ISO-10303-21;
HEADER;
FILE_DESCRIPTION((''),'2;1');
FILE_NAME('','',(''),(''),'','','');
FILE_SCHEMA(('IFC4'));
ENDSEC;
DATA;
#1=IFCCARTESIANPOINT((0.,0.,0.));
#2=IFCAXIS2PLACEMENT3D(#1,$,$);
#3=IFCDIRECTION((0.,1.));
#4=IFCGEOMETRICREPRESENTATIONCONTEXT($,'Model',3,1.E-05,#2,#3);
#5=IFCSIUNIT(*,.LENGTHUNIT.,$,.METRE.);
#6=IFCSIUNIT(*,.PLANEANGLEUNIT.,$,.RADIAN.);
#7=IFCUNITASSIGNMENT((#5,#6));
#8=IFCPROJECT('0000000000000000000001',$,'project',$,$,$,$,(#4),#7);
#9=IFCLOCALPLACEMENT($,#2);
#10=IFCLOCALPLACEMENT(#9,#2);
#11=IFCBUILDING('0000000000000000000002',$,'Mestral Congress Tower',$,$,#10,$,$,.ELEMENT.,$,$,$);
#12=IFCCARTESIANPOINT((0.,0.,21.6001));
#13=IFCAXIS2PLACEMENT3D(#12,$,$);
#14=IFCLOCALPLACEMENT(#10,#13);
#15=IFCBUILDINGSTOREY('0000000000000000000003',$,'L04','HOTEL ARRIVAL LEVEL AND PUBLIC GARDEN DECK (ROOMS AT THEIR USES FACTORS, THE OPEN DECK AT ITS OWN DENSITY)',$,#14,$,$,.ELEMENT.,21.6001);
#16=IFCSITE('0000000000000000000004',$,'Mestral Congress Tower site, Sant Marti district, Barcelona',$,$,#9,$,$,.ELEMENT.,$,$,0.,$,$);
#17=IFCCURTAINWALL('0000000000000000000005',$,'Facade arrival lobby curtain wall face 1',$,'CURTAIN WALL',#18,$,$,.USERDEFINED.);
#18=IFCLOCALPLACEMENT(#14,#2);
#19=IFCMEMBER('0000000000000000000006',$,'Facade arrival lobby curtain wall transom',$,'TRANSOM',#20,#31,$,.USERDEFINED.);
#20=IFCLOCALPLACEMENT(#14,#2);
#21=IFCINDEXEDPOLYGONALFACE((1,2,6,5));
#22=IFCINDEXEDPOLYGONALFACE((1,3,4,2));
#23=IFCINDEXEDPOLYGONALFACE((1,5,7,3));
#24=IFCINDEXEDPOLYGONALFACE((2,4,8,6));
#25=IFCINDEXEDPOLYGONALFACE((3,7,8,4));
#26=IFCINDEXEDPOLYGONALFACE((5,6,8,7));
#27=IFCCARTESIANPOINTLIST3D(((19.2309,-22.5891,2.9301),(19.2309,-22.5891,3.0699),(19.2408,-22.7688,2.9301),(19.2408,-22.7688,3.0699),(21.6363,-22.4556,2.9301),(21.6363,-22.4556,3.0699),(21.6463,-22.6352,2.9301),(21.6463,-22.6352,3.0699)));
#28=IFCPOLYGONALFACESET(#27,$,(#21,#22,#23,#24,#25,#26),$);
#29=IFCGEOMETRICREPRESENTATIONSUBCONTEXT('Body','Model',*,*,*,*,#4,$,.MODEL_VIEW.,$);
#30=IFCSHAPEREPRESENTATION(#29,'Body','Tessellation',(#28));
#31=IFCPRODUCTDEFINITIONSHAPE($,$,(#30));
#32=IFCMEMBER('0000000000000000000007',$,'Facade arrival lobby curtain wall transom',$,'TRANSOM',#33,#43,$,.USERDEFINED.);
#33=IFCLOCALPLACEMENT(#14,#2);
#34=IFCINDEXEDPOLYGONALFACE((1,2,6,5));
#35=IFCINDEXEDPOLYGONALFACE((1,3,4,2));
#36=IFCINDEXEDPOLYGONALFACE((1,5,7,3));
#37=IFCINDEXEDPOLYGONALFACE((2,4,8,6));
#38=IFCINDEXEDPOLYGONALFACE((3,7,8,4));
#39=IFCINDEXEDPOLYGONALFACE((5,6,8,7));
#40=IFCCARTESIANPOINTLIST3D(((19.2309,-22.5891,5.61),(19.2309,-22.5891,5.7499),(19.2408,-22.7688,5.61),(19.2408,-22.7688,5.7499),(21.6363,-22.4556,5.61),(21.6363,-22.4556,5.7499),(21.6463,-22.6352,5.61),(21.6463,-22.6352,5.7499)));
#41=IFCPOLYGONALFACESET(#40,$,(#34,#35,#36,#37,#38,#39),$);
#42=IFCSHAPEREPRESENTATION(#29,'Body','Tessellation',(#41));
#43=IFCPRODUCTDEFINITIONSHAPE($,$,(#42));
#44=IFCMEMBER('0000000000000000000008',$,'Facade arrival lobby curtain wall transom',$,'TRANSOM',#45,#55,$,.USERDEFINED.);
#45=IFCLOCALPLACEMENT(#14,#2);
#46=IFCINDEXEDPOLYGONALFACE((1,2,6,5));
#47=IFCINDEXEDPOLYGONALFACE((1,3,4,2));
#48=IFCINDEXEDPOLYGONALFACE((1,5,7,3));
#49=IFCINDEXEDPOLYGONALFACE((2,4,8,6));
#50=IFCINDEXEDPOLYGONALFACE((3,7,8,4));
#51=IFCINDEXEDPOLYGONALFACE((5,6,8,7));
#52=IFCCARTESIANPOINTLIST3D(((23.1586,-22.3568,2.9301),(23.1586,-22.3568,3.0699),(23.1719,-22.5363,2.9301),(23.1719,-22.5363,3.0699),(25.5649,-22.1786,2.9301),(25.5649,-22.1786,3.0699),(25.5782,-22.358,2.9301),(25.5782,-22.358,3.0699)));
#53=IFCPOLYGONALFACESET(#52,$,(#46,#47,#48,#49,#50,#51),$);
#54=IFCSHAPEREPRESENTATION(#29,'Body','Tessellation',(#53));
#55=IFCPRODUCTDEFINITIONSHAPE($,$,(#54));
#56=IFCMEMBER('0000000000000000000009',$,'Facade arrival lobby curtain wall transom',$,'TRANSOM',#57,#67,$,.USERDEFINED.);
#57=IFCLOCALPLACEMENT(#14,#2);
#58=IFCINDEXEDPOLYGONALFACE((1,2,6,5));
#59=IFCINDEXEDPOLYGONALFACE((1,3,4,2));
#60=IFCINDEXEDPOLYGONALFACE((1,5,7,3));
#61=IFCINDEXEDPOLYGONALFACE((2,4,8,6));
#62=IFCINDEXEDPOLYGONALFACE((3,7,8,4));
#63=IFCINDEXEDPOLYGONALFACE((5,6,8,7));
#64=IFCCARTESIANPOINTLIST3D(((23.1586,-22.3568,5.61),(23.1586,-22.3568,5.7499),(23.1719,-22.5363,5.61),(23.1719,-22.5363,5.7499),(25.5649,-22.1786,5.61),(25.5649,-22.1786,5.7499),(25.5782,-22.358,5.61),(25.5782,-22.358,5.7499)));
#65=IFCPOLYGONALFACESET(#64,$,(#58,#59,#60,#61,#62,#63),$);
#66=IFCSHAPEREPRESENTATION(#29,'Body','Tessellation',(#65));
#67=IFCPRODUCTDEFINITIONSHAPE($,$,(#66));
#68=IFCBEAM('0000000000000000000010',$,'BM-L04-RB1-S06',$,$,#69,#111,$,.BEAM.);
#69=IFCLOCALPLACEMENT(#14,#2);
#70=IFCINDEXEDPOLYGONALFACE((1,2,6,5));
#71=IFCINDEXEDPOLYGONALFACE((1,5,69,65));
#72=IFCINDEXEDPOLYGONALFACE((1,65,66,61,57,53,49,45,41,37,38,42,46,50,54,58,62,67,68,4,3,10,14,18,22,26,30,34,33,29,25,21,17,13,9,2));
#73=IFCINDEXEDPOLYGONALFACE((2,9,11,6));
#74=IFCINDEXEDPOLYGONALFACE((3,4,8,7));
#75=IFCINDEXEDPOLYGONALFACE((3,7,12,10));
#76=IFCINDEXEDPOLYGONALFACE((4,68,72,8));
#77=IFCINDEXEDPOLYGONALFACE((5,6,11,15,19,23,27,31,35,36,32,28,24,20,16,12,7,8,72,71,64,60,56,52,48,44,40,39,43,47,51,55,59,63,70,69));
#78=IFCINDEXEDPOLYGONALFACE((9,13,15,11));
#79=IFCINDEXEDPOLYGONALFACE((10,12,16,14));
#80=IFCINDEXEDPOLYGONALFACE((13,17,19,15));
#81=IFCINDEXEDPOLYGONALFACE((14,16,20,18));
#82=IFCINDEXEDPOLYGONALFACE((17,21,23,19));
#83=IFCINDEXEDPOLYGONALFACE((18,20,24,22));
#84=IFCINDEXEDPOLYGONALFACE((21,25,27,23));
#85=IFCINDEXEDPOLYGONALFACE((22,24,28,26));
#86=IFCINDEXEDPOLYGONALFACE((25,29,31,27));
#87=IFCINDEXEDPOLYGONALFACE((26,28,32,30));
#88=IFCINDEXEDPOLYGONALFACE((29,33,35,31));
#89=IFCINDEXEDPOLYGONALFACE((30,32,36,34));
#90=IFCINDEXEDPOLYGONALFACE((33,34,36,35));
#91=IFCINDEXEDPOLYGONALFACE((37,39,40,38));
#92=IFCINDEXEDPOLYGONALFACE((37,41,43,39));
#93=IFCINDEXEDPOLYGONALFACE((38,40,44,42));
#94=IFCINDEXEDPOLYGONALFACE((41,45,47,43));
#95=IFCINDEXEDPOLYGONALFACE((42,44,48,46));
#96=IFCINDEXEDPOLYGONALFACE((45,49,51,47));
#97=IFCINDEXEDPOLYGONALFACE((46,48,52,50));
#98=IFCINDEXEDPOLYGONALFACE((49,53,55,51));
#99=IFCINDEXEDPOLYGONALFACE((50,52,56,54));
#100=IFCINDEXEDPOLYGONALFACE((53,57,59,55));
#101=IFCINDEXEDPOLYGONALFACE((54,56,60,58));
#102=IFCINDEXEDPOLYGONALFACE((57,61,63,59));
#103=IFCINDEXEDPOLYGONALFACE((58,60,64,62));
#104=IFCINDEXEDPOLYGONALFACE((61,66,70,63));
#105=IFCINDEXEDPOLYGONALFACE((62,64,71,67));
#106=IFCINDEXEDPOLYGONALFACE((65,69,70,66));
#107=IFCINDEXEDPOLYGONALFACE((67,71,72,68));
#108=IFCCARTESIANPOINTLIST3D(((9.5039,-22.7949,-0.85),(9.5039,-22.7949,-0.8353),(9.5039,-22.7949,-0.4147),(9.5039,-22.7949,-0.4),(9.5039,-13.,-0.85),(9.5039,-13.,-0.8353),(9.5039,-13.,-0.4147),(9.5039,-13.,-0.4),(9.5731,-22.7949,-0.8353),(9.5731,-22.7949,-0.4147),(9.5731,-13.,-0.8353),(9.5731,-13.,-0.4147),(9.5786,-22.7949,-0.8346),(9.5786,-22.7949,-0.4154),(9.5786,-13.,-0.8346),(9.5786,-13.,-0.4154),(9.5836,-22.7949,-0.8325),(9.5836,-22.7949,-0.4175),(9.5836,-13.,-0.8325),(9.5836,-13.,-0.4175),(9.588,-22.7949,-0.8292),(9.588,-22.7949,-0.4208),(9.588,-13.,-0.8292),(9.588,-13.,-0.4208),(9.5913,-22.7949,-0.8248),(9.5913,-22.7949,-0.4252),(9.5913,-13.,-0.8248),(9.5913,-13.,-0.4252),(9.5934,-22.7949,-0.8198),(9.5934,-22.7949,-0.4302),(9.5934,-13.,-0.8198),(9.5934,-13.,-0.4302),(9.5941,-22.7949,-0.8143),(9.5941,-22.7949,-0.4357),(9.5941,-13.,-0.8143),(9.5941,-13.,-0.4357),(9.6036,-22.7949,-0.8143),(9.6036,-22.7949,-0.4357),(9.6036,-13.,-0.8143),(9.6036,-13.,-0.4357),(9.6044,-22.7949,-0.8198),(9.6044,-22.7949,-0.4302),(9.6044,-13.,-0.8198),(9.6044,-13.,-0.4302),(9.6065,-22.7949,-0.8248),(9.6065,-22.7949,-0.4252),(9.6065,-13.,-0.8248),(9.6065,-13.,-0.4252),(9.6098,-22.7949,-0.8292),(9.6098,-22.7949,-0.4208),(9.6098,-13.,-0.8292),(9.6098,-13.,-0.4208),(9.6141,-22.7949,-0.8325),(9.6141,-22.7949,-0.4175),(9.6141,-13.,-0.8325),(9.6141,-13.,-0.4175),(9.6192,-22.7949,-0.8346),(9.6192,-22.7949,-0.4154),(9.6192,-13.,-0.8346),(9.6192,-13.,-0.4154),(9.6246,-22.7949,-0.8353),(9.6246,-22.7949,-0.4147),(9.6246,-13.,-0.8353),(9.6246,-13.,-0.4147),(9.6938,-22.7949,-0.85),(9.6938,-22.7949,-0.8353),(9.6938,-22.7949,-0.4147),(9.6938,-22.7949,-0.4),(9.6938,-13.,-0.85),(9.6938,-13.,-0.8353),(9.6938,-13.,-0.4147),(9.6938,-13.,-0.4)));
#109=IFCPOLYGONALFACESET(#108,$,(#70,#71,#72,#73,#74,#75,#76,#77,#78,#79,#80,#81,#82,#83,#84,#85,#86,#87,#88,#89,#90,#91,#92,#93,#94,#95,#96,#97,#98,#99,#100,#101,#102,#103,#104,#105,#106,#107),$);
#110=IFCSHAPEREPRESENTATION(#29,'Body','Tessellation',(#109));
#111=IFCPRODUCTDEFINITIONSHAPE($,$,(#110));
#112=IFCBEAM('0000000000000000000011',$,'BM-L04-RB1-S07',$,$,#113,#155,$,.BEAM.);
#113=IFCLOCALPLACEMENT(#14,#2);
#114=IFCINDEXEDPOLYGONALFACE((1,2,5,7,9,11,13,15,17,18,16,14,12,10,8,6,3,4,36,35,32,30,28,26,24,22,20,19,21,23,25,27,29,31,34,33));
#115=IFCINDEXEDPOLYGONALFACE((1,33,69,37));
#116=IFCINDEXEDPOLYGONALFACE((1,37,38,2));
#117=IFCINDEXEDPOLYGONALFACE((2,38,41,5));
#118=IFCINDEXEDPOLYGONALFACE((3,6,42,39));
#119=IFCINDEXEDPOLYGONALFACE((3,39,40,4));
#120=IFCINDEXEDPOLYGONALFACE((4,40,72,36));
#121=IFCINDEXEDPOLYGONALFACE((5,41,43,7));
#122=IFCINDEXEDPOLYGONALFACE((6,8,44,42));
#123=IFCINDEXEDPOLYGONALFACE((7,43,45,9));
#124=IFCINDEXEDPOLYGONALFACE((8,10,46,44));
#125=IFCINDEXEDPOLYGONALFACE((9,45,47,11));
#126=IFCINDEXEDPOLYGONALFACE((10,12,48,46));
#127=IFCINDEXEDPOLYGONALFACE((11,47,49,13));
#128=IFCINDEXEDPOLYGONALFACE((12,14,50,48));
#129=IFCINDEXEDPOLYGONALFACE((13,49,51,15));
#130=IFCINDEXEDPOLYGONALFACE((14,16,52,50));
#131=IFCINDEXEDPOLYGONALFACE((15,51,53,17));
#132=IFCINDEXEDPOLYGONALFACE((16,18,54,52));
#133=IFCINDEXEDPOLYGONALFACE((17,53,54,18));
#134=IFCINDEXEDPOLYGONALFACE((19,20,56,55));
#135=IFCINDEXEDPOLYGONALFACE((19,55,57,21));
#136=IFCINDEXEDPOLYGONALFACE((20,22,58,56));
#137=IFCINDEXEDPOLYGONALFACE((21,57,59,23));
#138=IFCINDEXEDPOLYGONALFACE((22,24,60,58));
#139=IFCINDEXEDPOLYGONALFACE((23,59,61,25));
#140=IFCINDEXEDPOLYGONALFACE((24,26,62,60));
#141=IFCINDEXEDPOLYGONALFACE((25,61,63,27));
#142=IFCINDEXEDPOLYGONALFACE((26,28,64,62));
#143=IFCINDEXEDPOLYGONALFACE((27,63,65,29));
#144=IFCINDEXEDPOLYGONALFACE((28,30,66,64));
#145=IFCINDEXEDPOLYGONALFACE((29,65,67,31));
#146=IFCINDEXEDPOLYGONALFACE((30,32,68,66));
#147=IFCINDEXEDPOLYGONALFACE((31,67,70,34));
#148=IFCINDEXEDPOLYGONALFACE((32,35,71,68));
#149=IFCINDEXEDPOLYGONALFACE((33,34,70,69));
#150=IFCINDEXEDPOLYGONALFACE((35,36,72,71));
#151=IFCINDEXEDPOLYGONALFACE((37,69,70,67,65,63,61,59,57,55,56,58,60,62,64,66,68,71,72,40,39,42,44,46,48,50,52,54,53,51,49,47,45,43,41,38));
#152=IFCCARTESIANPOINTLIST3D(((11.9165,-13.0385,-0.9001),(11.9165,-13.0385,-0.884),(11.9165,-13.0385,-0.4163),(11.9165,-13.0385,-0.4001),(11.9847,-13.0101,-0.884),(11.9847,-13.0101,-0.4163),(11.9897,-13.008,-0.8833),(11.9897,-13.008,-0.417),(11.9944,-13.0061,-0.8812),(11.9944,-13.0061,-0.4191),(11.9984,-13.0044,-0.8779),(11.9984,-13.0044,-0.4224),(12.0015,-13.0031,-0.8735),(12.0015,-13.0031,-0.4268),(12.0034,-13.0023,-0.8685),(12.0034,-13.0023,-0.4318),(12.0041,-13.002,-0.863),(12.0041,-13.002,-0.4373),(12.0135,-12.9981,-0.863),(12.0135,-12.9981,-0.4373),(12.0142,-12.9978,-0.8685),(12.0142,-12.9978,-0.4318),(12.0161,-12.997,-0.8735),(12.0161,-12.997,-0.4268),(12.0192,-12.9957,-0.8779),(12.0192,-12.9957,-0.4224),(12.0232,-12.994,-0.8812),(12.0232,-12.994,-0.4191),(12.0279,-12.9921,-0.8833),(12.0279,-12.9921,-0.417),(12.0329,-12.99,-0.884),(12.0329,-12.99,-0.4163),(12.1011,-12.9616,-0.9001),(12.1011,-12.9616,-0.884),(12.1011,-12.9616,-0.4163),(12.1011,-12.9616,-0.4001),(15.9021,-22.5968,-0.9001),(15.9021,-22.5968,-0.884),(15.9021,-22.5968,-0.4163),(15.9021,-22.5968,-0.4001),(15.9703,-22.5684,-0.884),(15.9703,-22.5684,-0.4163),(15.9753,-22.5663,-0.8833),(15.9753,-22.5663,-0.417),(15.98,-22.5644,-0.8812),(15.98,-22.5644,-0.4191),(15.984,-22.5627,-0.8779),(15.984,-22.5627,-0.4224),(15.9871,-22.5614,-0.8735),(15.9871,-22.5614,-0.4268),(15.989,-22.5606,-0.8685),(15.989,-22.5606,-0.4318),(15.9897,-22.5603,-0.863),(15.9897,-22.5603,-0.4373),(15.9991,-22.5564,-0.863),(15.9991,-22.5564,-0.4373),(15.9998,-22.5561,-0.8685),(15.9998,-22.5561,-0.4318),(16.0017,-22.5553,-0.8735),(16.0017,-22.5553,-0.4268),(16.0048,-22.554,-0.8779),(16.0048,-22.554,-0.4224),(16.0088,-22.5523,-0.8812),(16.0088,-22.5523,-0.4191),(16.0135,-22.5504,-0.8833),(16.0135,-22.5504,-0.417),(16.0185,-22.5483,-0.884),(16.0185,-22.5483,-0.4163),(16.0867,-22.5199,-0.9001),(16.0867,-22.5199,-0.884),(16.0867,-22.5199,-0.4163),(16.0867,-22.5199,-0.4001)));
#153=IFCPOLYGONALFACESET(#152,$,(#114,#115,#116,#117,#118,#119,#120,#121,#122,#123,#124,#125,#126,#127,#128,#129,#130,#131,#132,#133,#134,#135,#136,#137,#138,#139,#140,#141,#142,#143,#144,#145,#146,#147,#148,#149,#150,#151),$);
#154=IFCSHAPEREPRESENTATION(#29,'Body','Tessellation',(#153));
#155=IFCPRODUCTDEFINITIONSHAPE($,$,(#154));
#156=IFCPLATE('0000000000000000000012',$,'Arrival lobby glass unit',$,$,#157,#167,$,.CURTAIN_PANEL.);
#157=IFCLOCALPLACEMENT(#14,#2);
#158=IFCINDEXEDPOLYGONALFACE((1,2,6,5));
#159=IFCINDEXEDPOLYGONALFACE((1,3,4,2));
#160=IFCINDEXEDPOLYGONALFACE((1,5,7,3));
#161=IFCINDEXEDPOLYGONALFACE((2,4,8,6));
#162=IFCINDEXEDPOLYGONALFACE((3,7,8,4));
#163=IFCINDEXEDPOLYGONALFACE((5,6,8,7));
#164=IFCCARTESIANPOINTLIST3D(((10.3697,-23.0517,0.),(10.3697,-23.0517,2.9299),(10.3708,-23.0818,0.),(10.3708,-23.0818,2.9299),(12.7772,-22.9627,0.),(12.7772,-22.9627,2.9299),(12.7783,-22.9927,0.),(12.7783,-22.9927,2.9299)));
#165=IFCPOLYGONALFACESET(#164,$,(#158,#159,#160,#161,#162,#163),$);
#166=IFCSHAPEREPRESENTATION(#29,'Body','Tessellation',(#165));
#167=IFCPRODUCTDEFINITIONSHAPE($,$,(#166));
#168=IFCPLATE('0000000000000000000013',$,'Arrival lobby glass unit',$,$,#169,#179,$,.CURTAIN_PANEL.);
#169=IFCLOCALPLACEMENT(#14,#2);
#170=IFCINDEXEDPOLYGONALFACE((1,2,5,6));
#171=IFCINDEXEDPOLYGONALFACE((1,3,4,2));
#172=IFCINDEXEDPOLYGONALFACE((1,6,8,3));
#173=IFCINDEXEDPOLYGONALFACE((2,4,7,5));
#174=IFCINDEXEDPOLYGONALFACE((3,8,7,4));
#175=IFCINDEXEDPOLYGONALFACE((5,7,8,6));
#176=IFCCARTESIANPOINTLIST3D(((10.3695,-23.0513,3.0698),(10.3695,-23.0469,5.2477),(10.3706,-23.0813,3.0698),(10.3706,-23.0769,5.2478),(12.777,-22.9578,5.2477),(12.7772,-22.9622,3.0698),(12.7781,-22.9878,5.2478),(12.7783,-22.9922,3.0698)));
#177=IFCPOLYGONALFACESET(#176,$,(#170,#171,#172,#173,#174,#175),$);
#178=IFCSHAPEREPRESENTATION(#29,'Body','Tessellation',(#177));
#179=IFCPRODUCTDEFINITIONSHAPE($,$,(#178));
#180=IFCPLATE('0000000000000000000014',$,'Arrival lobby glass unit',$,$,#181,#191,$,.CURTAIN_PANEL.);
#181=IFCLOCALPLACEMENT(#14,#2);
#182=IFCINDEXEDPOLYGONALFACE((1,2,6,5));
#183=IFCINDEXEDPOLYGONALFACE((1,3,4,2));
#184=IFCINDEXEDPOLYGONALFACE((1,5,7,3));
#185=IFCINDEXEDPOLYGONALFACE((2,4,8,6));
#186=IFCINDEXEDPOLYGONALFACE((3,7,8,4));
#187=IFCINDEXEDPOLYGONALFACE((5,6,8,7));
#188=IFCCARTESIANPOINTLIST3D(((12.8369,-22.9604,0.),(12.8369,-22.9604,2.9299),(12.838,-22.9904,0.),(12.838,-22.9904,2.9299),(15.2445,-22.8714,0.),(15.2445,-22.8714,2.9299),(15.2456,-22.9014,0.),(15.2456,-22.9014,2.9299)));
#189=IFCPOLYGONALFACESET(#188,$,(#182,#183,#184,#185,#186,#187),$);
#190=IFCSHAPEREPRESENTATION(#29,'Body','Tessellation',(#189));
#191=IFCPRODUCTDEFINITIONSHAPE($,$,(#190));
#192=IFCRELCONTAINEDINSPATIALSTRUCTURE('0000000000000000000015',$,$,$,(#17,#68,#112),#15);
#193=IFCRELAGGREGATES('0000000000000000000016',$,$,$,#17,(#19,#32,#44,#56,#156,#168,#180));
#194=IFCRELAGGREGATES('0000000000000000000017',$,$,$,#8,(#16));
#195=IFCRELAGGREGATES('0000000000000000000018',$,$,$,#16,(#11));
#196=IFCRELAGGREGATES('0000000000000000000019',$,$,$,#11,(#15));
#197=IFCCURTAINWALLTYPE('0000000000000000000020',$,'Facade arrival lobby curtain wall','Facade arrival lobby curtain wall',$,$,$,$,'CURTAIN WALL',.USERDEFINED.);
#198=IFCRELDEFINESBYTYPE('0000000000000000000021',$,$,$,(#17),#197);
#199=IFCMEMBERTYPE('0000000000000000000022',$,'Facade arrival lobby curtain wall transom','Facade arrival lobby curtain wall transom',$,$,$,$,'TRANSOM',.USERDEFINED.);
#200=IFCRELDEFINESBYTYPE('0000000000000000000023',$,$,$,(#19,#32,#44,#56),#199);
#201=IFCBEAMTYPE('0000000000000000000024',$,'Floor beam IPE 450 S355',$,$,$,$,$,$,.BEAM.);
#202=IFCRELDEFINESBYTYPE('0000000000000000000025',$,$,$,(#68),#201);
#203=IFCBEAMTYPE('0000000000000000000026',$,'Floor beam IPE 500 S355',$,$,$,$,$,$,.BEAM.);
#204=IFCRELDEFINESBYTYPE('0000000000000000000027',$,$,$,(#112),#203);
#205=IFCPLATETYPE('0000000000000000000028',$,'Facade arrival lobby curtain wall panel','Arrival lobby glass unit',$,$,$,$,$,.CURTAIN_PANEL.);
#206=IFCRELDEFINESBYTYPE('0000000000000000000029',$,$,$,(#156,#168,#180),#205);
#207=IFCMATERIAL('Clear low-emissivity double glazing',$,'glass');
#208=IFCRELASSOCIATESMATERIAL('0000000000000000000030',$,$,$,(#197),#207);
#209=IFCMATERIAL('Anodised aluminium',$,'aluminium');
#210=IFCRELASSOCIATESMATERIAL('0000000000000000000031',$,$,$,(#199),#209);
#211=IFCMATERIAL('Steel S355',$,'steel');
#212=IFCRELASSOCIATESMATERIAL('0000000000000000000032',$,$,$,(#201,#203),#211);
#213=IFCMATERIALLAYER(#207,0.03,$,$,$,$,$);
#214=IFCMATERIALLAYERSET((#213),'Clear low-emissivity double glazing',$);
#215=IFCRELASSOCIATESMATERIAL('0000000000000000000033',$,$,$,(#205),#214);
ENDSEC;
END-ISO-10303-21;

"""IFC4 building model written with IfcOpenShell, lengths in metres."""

from ifc_helpers import new_model, si_unit, direction, frame, origin, origin_2d, place, context, subcontext, project, spatial, polyline, rectangle, i_section, outline, extrude, material, layer, layer_set, material_profile, profile_set, type_object, element, aggregate, save


model = new_model("IFC4")

# Units and contexts
model_context = context("Model", 3, precision=1e-05, world=origin(), true_north=direction((0.0, 1.0)))
body_context = subcontext(model_context, "Body", "Model", "MODEL_VIEW")
ifc_project = project(units=[si_unit("LENGTHUNIT", "METRE"), si_unit("PLANEANGLEUNIT", "RADIAN")], contexts=[model_context])

# Site, building, storey
site_placement = place(None, origin())
site = spatial("IfcSite", under=ifc_project, at=site_placement, Name="Mestral Congress Tower site, Sant Marti district, Barcelona", CompositionType="ELEMENT", RefElevation=0.0)
building_placement = place(site_placement, origin())
building = spatial("IfcBuilding", under=site, at=building_placement, Name="Mestral Congress Tower", CompositionType="ELEMENT")
storey_placement = place(building_placement, frame((0.0, 0.0, 21.6001)))
storey = spatial("IfcBuildingStorey", under=building, at=storey_placement, Name="L04", Description="HOTEL ARRIVAL LEVEL AND PUBLIC GARDEN DECK (ROOMS AT THEIR USES FACTORS, THE OPEN DECK AT ITS OWN DENSITY)", CompositionType="ELEMENT", Elevation=21.6001)

# Curtain wall, members
ifc_material_1 = material(Name="Clear low-emissivity double glazing", Category="glass")
curtain_wall_type = type_object("IfcCurtainWallType", Name="Facade arrival lobby curtain wall", Description="Facade arrival lobby curtain wall", ElementType="CURTAIN WALL", PredefinedType="USERDEFINED", material=ifc_material_1)
curtain_wall_placement = place(storey_placement, origin())
curtain_wall = element("IfcCurtainWall", 1, at=curtain_wall_placement, inside=storey, type_object=curtain_wall_type, Name="Facade arrival lobby curtain wall face 1", ObjectType="CURTAIN WALL", PredefinedType="USERDEFINED")
ifc_material_2 = material(Name="Anodised aluminium", Category="aluminium")
ifc_material_profile_1 = material_profile(ifc_material_2, rectangle(XDim=0.1799, YDim=0.1399, at=origin_2d()), Name="CW4 transom 180 x 140")
ifc_profile_set_1 = profile_set([ifc_material_profile_1], Name="Anodised aluminium")
member_type_1 = type_object("IfcMemberType", Name="Facade arrival lobby curtain wall transom", Description="Facade arrival lobby curtain wall transom", ElementType="TRANSOM", PredefinedType="USERDEFINED", material=ifc_profile_set_1)
member_1_placement = place(storey_placement, frame((19.2358, -22.679, 3.0), z_axis=(0.998463, 0.055431, 0.0), x_axis=(-0.055431, 0.998463, 0.0)))
member_1 = element("IfcMember", 2, at=member_1_placement, type_object=member_type_1, Name="Facade arrival lobby curtain wall transom", ObjectType="TRANSOM", PredefinedType="USERDEFINED", context=body_context, shape_type="SweptSolid", body=[
    extrude(rectangle(XDim=0.1799, YDim=0.1399, at=origin_2d()), origin(), (0.0, 0.0, 1.0), 2.4092),
])
member_2_placement = place(storey_placement, frame((19.2358, -22.679, 5.6799), z_axis=(0.998463, 0.055431, 0.0), x_axis=(-0.055431, 0.998463, 0.0)))
member_2 = element("IfcMember", 3, at=member_2_placement, type_object=member_type_1, Name="Facade arrival lobby curtain wall transom", ObjectType="TRANSOM", PredefinedType="USERDEFINED", context=body_context, shape_type="SweptSolid", body=[
    extrude(rectangle(XDim=0.1799, YDim=0.1399, at=origin_2d()), origin(), (0.0, 0.0, 1.0), 2.4092),
])
member_3_placement = place(storey_placement, frame((23.1653, -22.4465, 3.0), z_axis=(0.997268, 0.073864, 0.0), x_axis=(-0.073864, 0.997268, 0.0)))
member_3 = element("IfcMember", 4, at=member_3_placement, type_object=member_type_1, Name="Facade arrival lobby curtain wall transom", ObjectType="TRANSOM", PredefinedType="USERDEFINED", context=body_context, shape_type="SweptSolid", body=[
    extrude(rectangle(XDim=0.1799, YDim=0.1399, at=origin_2d()), origin(), (0.0, 0.0, 1.0), 2.4128),
])
member_4_placement = place(storey_placement, frame((23.1653, -22.4465, 5.6799), z_axis=(0.997268, 0.073864, 0.0), x_axis=(-0.073864, 0.997268, 0.0)))
member_4 = element("IfcMember", 5, at=member_4_placement, type_object=member_type_1, Name="Facade arrival lobby curtain wall transom", ObjectType="TRANSOM", PredefinedType="USERDEFINED", context=body_context, shape_type="SweptSolid", body=[
    extrude(rectangle(XDim=0.1799, YDim=0.1399, at=origin_2d()), origin(), (0.0, 0.0, 1.0), 2.4128),
])

# Beams
ifc_material_3 = material(Name="Steel S355", Category="steel")
ifc_material_profile_2 = material_profile(ifc_material_3, i_section(OverallWidth=0.1899, OverallDepth=0.45, WebThickness=0.0095, FlangeThickness=0.0146, FilletRadius=0.021, at=origin_2d()), Name="IPE 450")
ifc_profile_set_2 = profile_set([ifc_material_profile_2], Name="Steel S355")
beam_type_1 = type_object("IfcBeamType", Name="Floor beam IPE 450 S355", PredefinedType="BEAM", material=ifc_profile_set_2)
beam_1_placement = place(storey_placement, frame((9.5989, -22.7949, -0.625), z_axis=(0.0, 1.0, 0.0), x_axis=(-1.0, 0.0, 0.0)))
element("IfcBeam", 6, at=beam_1_placement, inside=storey, type_object=beam_type_1, Name="BM-L04-RB1-S06", PredefinedType="BEAM", context=body_context, shape_type="SweptSolid", body=[
    extrude(i_section(OverallWidth=0.1899, OverallDepth=0.45, WebThickness=0.0095, FlangeThickness=0.0146, FilletRadius=0.021, at=origin_2d()), origin(), (0.0, 0.0, 1.0), 9.7949),
])
ifc_material_profile_3 = material_profile(ifc_material_3, i_section(OverallWidth=0.2, OverallDepth=0.5, WebThickness=0.0103, FlangeThickness=0.0161, FilletRadius=0.021, at=origin_2d()), Name="IPE 500")
ifc_profile_set_3 = profile_set([ifc_material_profile_3], Name="Steel S355")
beam_type_2 = type_object("IfcBeamType", Name="Floor beam IPE 500 S355", PredefinedType="BEAM", material=ifc_profile_set_3)
beam_2_placement = place(storey_placement, frame((15.9944, -22.5583, -0.6501), z_axis=(-0.384858, 0.922976, 0.0), x_axis=(-0.922976, -0.384858, 0.0)))
element("IfcBeam", 7, at=beam_2_placement, inside=storey, type_object=beam_type_2, Name="BM-L04-RB1-S07", PredefinedType="BEAM", context=body_context, shape_type="SweptSolid", body=[
    extrude(i_section(OverallWidth=0.2, OverallDepth=0.5, WebThickness=0.0103, FlangeThickness=0.0161, FilletRadius=0.021, at=origin_2d()), origin(), (0.0, 0.0, 1.0), 10.356),
])

# Plates
ifc_layer = layer(ifc_material_1, 0.03)
ifc_layer_set = layer_set([ifc_layer], Name="Clear low-emissivity double glazing")
plate_type = type_object("IfcPlateType", Name="Facade arrival lobby curtain wall panel", Description="Arrival lobby glass unit", PredefinedType="CURTAIN_PANEL", material=ifc_layer_set)
plate_1_placement = place(storey_placement, frame((11.574, -23.0222, 0.0), z_axis=(0.0, 0.0, 1.0), x_axis=(0.999316, 0.036968, 0.0)))
plate_1 = element("IfcPlate", 8, at=plate_1_placement, type_object=plate_type, Name="Arrival lobby glass unit", PredefinedType="CURTAIN_PANEL", context=body_context, shape_type="SweptSolid", body=[
    extrude(rectangle(XDim=2.4092, YDim=0.03, at=origin_2d()), origin(), (0.0, 0.0, 1.0), 2.9299),
])
plate_2_placement = place(storey_placement, frame((12.7783, -22.9922, 3.0698), z_axis=(0.036987, -0.999314, 0.002018), x_axis=(-0.999316, -0.036987, 0.0)))
plate_2 = element("IfcPlate", 9, at=plate_2_placement, type_object=plate_type, Name="Arrival lobby glass unit", PredefinedType="CURTAIN_PANEL", context=body_context, shape_type="SweptSolid", body=[
    extrude(outline(polyline([(0.0, 0.0), (2.4094, 0.0), (2.4092, -2.178), (0.0001, -2.178), (0.0, 0.0)])), origin(), (0.0, 0.0, -1.0), 0.03),
])
plate_3_placement = place(storey_placement, frame((14.0413, -22.9309, 0.0), z_axis=(0.0, 0.0, 1.0), x_axis=(0.999316, 0.036968, 0.0)))
plate_3 = element("IfcPlate", 10, at=plate_3_placement, type_object=plate_type, Name="Arrival lobby glass unit", PredefinedType="CURTAIN_PANEL", context=body_context, shape_type="SweptSolid", body=[
    extrude(rectangle(XDim=2.4092, YDim=0.03, at=origin_2d()), origin(), (0.0, 0.0, 1.0), 2.9299),
])
aggregate(curtain_wall, [member_1, member_2, member_3, member_4, plate_1, plate_2, plate_3])

save(model, "model.ifc")
